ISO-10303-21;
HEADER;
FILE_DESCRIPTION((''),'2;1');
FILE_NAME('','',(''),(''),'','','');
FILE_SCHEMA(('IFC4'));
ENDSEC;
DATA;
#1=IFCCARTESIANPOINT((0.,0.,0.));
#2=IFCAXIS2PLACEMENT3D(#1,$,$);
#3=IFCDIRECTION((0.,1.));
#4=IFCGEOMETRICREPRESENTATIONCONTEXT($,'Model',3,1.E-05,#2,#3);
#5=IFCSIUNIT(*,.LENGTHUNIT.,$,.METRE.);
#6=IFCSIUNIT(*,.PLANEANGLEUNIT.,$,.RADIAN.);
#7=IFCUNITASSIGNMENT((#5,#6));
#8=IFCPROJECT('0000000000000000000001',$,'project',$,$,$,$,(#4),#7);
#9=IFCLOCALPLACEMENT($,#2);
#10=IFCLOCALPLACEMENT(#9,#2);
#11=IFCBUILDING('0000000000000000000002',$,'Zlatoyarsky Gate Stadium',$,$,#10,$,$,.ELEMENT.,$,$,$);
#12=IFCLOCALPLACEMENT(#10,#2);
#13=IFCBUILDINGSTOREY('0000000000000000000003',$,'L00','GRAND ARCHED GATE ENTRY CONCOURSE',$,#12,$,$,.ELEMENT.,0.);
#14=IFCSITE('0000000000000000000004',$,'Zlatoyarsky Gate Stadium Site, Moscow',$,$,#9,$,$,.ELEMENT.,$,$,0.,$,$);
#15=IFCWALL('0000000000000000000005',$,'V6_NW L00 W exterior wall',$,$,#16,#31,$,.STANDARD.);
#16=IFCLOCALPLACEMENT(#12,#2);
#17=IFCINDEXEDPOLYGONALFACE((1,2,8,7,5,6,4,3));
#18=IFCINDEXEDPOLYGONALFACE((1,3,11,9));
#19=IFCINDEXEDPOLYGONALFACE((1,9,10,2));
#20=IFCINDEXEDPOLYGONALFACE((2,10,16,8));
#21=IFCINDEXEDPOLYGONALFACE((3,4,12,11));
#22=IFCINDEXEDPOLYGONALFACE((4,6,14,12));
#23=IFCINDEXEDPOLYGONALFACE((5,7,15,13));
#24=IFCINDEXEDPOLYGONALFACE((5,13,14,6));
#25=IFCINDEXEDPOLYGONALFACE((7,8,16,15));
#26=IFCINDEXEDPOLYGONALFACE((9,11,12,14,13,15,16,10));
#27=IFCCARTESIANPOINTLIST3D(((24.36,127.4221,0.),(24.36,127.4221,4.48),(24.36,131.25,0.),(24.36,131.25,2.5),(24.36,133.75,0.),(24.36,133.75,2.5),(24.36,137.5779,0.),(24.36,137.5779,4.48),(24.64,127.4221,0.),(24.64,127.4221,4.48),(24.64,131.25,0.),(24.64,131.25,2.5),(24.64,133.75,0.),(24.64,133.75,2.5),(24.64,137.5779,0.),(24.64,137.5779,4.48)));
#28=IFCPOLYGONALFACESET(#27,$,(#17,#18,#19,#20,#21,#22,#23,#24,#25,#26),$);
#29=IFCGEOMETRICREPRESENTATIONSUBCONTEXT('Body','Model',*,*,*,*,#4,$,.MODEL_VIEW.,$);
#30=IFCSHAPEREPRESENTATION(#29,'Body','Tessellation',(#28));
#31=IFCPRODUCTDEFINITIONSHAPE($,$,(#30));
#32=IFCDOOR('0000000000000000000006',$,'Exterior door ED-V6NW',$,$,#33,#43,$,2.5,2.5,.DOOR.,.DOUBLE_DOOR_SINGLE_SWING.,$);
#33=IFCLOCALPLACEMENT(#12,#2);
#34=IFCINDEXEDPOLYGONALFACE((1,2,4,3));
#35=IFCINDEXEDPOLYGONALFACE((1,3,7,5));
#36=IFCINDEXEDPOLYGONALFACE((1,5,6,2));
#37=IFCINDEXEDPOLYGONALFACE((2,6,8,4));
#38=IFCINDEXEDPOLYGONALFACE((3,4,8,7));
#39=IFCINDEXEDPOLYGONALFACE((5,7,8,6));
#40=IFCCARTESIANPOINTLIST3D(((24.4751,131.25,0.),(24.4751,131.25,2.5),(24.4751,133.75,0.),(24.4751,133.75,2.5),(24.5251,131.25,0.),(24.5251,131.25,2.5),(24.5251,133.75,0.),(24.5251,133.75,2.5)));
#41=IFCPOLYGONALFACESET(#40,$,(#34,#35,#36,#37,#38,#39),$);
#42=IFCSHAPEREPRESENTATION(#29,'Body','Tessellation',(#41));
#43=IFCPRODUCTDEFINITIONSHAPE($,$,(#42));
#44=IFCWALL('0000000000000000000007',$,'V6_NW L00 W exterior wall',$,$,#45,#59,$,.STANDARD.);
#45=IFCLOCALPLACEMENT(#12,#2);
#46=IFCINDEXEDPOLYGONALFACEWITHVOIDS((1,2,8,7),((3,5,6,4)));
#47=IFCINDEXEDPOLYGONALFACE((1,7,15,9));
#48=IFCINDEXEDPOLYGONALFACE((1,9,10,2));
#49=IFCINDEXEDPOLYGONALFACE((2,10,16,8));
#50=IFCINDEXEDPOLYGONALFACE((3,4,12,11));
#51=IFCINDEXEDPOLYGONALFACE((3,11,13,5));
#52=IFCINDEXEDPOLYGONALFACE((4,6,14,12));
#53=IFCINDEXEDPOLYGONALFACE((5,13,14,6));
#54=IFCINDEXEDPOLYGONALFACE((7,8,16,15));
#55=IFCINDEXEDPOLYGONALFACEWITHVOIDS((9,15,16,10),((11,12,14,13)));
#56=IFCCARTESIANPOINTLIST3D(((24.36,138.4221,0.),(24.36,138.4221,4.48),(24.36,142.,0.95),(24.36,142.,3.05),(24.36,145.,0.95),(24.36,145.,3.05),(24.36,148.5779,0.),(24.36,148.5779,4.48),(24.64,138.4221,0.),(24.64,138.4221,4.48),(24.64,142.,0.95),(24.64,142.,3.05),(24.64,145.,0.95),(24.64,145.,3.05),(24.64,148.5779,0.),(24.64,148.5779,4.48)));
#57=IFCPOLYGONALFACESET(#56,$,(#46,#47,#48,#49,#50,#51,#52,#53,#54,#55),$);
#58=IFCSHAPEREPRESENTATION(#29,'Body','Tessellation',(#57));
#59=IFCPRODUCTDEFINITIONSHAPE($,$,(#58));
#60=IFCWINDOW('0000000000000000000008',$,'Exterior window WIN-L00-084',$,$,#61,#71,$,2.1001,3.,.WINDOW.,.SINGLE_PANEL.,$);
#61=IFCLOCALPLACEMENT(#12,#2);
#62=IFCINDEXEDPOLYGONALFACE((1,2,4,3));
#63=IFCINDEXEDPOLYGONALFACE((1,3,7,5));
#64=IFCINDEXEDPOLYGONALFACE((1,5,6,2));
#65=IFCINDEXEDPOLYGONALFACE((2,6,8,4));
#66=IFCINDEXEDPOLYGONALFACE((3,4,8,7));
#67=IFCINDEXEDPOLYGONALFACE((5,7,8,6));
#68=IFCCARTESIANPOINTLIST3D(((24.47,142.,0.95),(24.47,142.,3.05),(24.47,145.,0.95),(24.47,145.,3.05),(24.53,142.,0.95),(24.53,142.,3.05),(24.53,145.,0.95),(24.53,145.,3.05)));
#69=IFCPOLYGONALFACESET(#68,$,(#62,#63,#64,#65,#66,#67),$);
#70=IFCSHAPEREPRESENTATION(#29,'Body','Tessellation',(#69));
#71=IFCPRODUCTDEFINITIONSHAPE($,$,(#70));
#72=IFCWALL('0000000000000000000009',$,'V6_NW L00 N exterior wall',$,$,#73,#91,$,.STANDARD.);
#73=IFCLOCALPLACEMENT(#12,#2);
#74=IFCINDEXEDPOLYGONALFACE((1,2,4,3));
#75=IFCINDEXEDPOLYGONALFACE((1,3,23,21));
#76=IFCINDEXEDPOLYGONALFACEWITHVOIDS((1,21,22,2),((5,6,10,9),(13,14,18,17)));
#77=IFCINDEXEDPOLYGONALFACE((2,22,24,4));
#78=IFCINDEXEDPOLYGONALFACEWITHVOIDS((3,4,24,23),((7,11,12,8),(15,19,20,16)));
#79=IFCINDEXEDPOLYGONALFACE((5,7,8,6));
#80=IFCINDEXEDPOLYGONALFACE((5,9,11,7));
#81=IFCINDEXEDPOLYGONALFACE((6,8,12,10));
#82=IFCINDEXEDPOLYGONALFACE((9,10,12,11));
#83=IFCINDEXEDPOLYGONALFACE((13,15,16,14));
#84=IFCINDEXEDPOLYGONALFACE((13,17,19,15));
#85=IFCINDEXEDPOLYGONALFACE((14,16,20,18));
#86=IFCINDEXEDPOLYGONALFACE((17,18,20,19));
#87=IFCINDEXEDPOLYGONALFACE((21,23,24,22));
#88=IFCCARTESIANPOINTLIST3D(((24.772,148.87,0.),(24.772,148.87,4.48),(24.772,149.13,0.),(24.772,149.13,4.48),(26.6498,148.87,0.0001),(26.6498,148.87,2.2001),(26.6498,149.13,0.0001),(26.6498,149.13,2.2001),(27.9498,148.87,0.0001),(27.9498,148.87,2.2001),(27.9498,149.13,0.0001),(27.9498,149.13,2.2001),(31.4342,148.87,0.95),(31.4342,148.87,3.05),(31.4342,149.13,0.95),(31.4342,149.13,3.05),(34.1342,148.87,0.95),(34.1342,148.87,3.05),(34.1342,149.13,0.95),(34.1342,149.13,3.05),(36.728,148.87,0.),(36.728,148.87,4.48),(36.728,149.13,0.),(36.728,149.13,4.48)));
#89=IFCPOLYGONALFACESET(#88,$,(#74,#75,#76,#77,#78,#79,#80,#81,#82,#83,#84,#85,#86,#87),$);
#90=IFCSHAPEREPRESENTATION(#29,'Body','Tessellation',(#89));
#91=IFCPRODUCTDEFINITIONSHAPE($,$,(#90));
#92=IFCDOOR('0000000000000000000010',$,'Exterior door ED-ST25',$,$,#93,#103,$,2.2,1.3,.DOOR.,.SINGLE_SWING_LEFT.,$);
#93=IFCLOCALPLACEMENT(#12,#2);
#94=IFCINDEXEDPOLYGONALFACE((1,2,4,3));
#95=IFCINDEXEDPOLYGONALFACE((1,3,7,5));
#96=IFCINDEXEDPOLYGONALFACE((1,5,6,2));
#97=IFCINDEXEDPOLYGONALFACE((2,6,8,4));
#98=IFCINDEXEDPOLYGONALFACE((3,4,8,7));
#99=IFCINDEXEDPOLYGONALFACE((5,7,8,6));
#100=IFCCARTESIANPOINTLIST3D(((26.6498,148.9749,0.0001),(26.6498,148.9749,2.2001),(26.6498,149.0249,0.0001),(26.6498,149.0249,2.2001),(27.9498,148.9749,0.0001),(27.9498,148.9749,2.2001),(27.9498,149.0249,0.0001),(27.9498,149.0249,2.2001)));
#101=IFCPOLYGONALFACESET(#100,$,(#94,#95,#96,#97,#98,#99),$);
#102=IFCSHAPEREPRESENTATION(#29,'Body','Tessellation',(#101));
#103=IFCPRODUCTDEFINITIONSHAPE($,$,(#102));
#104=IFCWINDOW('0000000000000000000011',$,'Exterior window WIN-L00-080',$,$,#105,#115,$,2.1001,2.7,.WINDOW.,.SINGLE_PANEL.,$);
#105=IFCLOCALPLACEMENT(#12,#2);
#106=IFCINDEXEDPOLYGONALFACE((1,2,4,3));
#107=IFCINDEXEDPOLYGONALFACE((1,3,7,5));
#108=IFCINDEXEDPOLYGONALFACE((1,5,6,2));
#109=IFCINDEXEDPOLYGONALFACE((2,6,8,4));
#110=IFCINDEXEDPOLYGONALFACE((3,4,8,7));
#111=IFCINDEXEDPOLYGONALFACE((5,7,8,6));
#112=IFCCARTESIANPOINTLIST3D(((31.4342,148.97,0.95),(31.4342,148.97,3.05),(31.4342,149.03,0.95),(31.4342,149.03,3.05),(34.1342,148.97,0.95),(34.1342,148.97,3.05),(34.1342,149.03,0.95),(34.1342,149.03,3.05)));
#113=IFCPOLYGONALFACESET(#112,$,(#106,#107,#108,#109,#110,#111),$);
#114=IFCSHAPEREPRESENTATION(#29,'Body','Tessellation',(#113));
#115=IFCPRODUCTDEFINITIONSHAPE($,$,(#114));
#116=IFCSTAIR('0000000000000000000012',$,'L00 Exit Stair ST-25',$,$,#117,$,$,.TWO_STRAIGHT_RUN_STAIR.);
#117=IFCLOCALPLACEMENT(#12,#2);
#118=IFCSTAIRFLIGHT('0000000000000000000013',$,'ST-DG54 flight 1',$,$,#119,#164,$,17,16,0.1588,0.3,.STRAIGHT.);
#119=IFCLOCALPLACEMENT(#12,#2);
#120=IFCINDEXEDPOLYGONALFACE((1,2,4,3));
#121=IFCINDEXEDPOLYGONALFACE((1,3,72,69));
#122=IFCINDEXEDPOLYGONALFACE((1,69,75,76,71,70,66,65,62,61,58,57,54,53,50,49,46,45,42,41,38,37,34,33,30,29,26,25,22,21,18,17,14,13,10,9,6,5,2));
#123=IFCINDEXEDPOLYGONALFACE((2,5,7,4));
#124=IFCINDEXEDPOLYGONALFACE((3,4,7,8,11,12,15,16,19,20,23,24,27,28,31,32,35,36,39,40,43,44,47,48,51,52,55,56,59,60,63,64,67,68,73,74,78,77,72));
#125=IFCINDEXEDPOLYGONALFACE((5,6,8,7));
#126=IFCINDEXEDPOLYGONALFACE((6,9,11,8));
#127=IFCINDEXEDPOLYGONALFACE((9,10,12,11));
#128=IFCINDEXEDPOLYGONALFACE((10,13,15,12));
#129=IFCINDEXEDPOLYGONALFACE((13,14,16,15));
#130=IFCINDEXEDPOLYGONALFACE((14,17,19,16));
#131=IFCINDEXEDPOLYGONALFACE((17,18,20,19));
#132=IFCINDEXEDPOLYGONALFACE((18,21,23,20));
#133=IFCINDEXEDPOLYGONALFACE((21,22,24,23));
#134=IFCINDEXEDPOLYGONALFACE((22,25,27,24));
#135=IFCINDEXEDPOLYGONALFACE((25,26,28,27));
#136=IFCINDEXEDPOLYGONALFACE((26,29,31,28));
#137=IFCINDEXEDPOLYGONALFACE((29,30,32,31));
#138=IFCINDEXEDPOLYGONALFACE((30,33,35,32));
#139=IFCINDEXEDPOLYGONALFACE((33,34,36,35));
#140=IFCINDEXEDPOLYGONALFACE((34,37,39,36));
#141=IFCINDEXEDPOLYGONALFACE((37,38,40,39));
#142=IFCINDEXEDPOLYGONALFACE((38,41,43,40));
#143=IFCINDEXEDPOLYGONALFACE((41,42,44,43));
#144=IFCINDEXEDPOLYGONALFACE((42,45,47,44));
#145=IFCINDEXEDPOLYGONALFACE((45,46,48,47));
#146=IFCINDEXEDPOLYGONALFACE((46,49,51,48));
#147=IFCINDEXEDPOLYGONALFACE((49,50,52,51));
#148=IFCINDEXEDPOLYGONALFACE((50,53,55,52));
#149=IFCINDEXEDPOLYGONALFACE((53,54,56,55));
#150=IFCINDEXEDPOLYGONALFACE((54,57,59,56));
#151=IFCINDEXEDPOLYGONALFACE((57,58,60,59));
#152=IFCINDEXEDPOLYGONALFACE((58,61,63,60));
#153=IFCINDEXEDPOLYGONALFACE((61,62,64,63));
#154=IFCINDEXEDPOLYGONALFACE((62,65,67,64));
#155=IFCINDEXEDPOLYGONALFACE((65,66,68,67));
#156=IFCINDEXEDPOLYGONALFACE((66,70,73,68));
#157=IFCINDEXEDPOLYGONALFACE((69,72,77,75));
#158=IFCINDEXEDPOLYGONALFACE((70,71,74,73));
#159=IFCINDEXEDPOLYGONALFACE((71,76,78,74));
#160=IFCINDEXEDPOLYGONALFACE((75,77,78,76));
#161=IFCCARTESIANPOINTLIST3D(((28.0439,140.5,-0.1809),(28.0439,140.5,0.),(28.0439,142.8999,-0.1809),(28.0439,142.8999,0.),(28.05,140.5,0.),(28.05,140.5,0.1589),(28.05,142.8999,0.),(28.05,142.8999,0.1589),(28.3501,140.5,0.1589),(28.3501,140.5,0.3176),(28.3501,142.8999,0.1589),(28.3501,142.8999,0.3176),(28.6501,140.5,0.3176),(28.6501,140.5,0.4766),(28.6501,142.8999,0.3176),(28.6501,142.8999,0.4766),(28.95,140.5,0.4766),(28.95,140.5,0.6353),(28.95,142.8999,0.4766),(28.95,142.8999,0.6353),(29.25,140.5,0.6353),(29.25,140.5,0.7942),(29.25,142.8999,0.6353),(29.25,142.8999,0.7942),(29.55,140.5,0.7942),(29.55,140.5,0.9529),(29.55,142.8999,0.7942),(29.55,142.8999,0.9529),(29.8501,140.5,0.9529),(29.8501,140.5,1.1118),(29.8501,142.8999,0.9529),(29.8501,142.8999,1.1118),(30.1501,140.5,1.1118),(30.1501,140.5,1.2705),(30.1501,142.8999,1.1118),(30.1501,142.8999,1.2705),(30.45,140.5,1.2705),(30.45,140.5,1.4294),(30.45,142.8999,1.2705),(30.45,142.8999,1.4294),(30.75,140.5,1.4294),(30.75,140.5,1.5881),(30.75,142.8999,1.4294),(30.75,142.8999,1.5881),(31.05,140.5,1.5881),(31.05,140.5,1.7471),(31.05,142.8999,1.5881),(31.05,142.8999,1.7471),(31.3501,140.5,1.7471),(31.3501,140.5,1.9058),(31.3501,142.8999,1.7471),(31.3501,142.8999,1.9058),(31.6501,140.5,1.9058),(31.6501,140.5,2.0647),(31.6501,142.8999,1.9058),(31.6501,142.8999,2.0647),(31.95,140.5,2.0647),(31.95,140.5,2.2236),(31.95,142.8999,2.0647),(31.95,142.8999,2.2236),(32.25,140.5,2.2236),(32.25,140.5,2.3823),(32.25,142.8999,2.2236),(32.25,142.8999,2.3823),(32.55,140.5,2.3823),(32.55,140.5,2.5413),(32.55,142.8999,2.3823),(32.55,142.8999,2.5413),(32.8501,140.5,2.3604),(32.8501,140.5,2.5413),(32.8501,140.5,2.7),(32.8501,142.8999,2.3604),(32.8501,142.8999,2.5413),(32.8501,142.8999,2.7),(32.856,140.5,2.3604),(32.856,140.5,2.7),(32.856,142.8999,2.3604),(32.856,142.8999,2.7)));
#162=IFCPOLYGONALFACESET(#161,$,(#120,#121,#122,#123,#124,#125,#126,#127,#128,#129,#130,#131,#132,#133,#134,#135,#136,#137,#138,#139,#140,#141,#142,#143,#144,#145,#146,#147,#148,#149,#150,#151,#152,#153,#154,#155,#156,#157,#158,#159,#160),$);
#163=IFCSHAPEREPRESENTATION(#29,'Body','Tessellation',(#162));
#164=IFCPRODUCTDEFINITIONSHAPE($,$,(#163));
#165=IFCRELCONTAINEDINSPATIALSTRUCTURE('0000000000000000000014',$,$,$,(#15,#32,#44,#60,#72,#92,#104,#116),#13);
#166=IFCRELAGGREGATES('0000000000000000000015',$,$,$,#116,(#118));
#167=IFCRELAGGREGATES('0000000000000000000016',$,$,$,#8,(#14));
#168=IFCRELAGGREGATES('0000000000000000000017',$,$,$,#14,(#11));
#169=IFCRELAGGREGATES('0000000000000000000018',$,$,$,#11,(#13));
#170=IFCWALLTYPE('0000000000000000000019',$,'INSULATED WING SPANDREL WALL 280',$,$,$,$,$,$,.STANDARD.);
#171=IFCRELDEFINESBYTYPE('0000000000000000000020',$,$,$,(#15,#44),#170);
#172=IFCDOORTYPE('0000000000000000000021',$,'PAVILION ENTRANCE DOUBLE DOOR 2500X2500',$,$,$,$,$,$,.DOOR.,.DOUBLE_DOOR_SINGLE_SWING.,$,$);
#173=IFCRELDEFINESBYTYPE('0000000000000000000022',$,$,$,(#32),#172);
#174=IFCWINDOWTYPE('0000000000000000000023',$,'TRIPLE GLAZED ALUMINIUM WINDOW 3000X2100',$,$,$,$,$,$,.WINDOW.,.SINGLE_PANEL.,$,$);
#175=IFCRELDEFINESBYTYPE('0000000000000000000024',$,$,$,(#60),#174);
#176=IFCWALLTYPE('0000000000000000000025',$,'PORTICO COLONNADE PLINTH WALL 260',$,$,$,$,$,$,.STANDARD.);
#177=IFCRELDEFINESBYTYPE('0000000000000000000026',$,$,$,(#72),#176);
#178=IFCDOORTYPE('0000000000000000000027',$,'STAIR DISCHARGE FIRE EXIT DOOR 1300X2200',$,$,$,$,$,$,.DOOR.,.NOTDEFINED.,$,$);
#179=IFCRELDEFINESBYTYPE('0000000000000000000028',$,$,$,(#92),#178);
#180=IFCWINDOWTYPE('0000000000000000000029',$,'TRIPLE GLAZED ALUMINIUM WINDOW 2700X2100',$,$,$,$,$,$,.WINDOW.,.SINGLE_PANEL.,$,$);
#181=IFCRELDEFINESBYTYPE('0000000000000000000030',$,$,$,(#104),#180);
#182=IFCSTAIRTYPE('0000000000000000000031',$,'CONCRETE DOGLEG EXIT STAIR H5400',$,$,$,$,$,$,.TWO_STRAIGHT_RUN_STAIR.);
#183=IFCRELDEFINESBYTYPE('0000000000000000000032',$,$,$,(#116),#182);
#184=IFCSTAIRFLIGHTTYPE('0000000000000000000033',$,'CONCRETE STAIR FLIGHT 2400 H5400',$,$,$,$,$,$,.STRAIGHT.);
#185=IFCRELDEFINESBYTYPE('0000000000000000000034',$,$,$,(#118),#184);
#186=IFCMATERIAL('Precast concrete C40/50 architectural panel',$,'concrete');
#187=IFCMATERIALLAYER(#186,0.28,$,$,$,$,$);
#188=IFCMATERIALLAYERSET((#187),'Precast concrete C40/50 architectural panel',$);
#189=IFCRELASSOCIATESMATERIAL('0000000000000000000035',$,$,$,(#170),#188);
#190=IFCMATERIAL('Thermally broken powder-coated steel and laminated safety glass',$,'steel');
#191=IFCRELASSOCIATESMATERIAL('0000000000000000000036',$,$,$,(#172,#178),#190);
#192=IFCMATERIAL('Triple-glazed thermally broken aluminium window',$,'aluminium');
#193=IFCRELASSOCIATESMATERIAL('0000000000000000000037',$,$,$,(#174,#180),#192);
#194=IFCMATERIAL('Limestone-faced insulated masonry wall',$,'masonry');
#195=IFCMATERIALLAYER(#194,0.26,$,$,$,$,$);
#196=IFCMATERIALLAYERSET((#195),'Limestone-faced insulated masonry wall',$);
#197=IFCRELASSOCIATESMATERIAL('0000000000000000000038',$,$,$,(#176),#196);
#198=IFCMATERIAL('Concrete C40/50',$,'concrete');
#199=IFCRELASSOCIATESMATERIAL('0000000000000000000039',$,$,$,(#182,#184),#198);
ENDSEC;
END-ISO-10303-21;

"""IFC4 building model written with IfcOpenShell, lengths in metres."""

from ifc_helpers import new_model, si_unit, direction, frame, frame_2d, origin, place, context, subcontext, project, spatial, polyline, rectangle, outline, extrude, material, layer, layer_set, type_object, element, fill, aggregate, save


model = new_model("IFC4")

# Units and contexts
model_context = context("Model", 3, precision=1e-05, world=origin(), true_north=direction((0.0, 1.0)))
body_context = subcontext(model_context, "Body", "Model", "MODEL_VIEW")
ifc_project = project(units=[si_unit("LENGTHUNIT", "METRE"), si_unit("PLANEANGLEUNIT", "RADIAN")], contexts=[model_context])

# Site, building, storey
site_placement = place(None, origin())
site = spatial("IfcSite", under=ifc_project, at=site_placement, Name="Zlatoyarsky Gate Stadium Site, Moscow", CompositionType="ELEMENT", RefElevation=0.0)
building_placement = place(site_placement, origin())
building = spatial("IfcBuilding", under=site, at=building_placement, Name="Zlatoyarsky Gate Stadium", CompositionType="ELEMENT")
storey_placement = place(building_placement, origin())
storey = spatial("IfcBuildingStorey", under=building, at=storey_placement, Name="L00", Description="GRAND ARCHED GATE ENTRY CONCOURSE", CompositionType="ELEMENT", Elevation=0.0)

# Shared definitions
ifc_material_1 = material(Name="Concrete C40/50", Category="concrete")

# Wall, opening, door
ifc_material_2 = material(Name="Precast concrete C40/50 architectural panel", Category="concrete")
ifc_layer_1 = layer(ifc_material_2, 0.28)
ifc_layer_set_1 = layer_set([ifc_layer_1], Name="Precast concrete C40/50 architectural panel")
wall_type_1 = type_object("IfcWallType", Name="INSULATED WING SPANDREL WALL 280", PredefinedType="STANDARD", material=ifc_layer_set_1)
wall_1_placement = place(storey_placement, frame((24.5, 127.4221, 0.0), z_axis=(0.0, 0.0, 1.0), x_axis=(0.0, 1.0, 0.0)))
wall_1 = element("IfcWall", 1, at=wall_1_placement, inside=storey, type_object=wall_type_1, Name="V6_NW L00 W exterior wall", PredefinedType="STANDARD", context=body_context, shape_type="SweptSolid", body=[
    extrude(rectangle(XDim=10.1558, YDim=0.28, at=frame_2d((5.0779, 0.0))), origin(), (0.0, 0.0, 1.0), 4.48),
])
opening_1_placement = place(wall_1_placement, frame((3.8279, 0.0, 0.0)))
opening_1 = element("IfcOpeningElement", 2, at=opening_1_placement, cuts=wall_1, PredefinedType="OPENING", context=body_context, shape_type="SweptSolid", body=[
    extrude(rectangle(XDim=2.5, YDim=2.5, at=frame_2d((1.25, 1.25))), frame((0.0, 0.1499, 0.0), z_axis=(0.0, -1.0, 0.0), x_axis=(1.0, 0.0, 0.0)), (0.0, 0.0, 1.0), 0.3),
])
ifc_material_3 = material(Name="Thermally broken powder-coated steel and laminated safety glass", Category="steel")
door_type_1 = type_object("IfcDoorType", Name="PAVILION ENTRANCE DOUBLE DOOR 2500X2500", OperationType="DOUBLE_DOOR_SINGLE_SWING", PredefinedType="DOOR", material=ifc_material_3)
door_1_placement = place(opening_1_placement, origin())
door_1 = element("IfcDoor", 3, at=door_1_placement, inside=storey, type_object=door_type_1, Name="Exterior door ED-V6NW", OperationType="DOUBLE_DOOR_SINGLE_SWING", OverallHeight=2.5, OverallWidth=2.5, PredefinedType="DOOR", context=body_context, shape_type="SweptSolid", body=[
    extrude(rectangle(XDim=2.5, YDim=2.5, at=frame_2d((1.25, 1.25))), frame((0.0, 0.0249, 0.0), z_axis=(0.0, -1.0, 0.0), x_axis=(1.0, 0.0, 0.0)), (0.0, 0.0, 1.0), 0.05),
])
fill(opening_1, door_1)

# Wall, opening, window
wall_2_placement = place(storey_placement, frame((24.5, 138.4221, 0.0), z_axis=(0.0, 0.0, 1.0), x_axis=(0.0, 1.0, 0.0)))
wall_2 = element("IfcWall", 4, at=wall_2_placement, inside=storey, type_object=wall_type_1, Name="V6_NW L00 W exterior wall", PredefinedType="STANDARD", context=body_context, shape_type="SweptSolid", body=[
    extrude(rectangle(XDim=10.1558, YDim=0.28, at=frame_2d((5.0779, 0.0))), origin(), (0.0, 0.0, 1.0), 4.48),
])
opening_2_placement = place(wall_2_placement, frame((3.5779, 0.0, 0.95)))
opening_2 = element("IfcOpeningElement", 5, at=opening_2_placement, cuts=wall_2, PredefinedType="OPENING", context=body_context, shape_type="SweptSolid", body=[
    extrude(rectangle(XDim=3.0, YDim=2.1001, at=frame_2d((1.5, 1.05))), frame((0.0, 0.1499, 0.0), z_axis=(0.0, -1.0, 0.0), x_axis=(1.0, 0.0, 0.0)), (0.0, 0.0, 1.0), 0.3),
])
ifc_material_4 = material(Name="Triple-glazed thermally broken aluminium window", Category="aluminium")
window_type_1 = type_object("IfcWindowType", Name="TRIPLE GLAZED ALUMINIUM WINDOW 3000X2100", PartitioningType="SINGLE_PANEL", PredefinedType="WINDOW", material=ifc_material_4)
window_1_placement = place(opening_2_placement, origin())
window_1 = element("IfcWindow", 6, at=window_1_placement, inside=storey, type_object=window_type_1, Name="Exterior window WIN-L00-084", OverallHeight=2.1001, OverallWidth=3.0, PartitioningType="SINGLE_PANEL", PredefinedType="WINDOW", context=body_context, shape_type="SweptSolid", body=[
    extrude(rectangle(XDim=3.0, YDim=2.1001, at=frame_2d((1.5, 1.05))), frame((0.0, 0.03, 0.0), z_axis=(0.0, -1.0, 0.0), x_axis=(1.0, 0.0, 0.0)), (0.0, 0.0, 1.0), 0.0601),
])
fill(opening_2, window_1)

# Wall, openings, door, window
ifc_material_5 = material(Name="Limestone-faced insulated masonry wall", Category="masonry")
ifc_layer_2 = layer(ifc_material_5, 0.26)
ifc_layer_set_2 = layer_set([ifc_layer_2], Name="Limestone-faced insulated masonry wall")
wall_type_2 = type_object("IfcWallType", Name="PORTICO COLONNADE PLINTH WALL 260", PredefinedType="STANDARD", material=ifc_layer_set_2)
wall_3_placement = place(storey_placement, frame((24.772, 149.0, 0.0), z_axis=(0.0, 0.0, 1.0), x_axis=(1.0, 0.0, 0.0)))
wall_3 = element("IfcWall", 7, at=wall_3_placement, inside=storey, type_object=wall_type_2, Name="V6_NW L00 N exterior wall", PredefinedType="STANDARD", context=body_context, shape_type="SweptSolid", body=[
    extrude(rectangle(XDim=11.9561, YDim=0.26, at=frame_2d((5.978, 0.0))), origin(), (0.0, 0.0, 1.0), 4.48),
])
opening_3_placement = place(wall_3_placement, frame((1.8779, 0.0, 0.0)))
opening_3 = element("IfcOpeningElement", 8, at=opening_3_placement, cuts=wall_3, PredefinedType="OPENING", context=body_context, shape_type="SweptSolid", body=[
    extrude(rectangle(XDim=1.3, YDim=2.2, at=frame_2d((0.6499, 1.1001))), frame((0.0, 0.1399, 0.0), z_axis=(0.0, -1.0, 0.0), x_axis=(1.0, 0.0, 0.0)), (0.0, 0.0, 1.0), 0.28),
])
opening_4_placement = place(wall_3_placement, frame((6.6621, 0.0, 0.95)))
opening_4 = element("IfcOpeningElement", 9, at=opening_4_placement, cuts=wall_3, PredefinedType="OPENING", context=body_context, shape_type="SweptSolid", body=[
    extrude(rectangle(XDim=2.7, YDim=2.1001, at=frame_2d((1.3501, 1.05))), frame((0.0, 0.1399, 0.0), z_axis=(0.0, -1.0, 0.0), x_axis=(1.0, 0.0, 0.0)), (0.0, 0.0, 1.0), 0.28),
])
door_type_2 = type_object("IfcDoorType", Name="STAIR DISCHARGE FIRE EXIT DOOR 1300X2200", OperationType="NOTDEFINED", PredefinedType="DOOR", material=ifc_material_3)
door_2_placement = place(opening_3_placement, origin())
door_2 = element("IfcDoor", 10, at=door_2_placement, inside=storey, type_object=door_type_2, Name="Exterior door ED-ST25", OperationType="SINGLE_SWING_LEFT", OverallHeight=2.2, OverallWidth=1.3, PredefinedType="DOOR", context=body_context, shape_type="SweptSolid", body=[
    extrude(rectangle(XDim=1.3, YDim=2.2, at=frame_2d((0.6499, 1.1001))), frame((0.0, 0.0249, 0.0), z_axis=(0.0, -1.0, 0.0), x_axis=(1.0, 0.0, 0.0)), (0.0, 0.0, 1.0), 0.05),
])
fill(opening_3, door_2)
window_type_2 = type_object("IfcWindowType", Name="TRIPLE GLAZED ALUMINIUM WINDOW 2700X2100", PartitioningType="SINGLE_PANEL", PredefinedType="WINDOW", material=ifc_material_4)
window_2_placement = place(opening_4_placement, origin())
window_2 = element("IfcWindow", 11, at=window_2_placement, inside=storey, type_object=window_type_2, Name="Exterior window WIN-L00-080", OverallHeight=2.1001, OverallWidth=2.7, PartitioningType="SINGLE_PANEL", PredefinedType="WINDOW", context=body_context, shape_type="SweptSolid", body=[
    extrude(rectangle(XDim=2.7, YDim=2.1001, at=frame_2d((1.3501, 1.05))), frame((0.0, 0.03, 0.0), z_axis=(0.0, -1.0, 0.0), x_axis=(1.0, 0.0, 0.0)), (0.0, 0.0, 1.0), 0.0601),
])
fill(opening_4, window_2)

# Stair, stair flight
stair_type = type_object("IfcStairType", Name="CONCRETE DOGLEG EXIT STAIR H5400", PredefinedType="TWO_STRAIGHT_RUN_STAIR", material=ifc_material_1)
stair_placement = place(storey_placement, origin())
stair = element("IfcStair", 12, at=stair_placement, inside=storey, type_object=stair_type, Name="L00 Exit Stair ST-25", PredefinedType="TWO_STRAIGHT_RUN_STAIR")
stair_flight_type = type_object("IfcStairFlightType", Name="CONCRETE STAIR FLIGHT 2400 H5400", PredefinedType="STRAIGHT", material=ifc_material_1)
stair_flight_placement = place(storey_placement, frame((28.05, 141.7, 0.0), z_axis=(0.0, 0.0, 1.0), x_axis=(1.0, 0.0, 0.0)))
stair_flight = element("IfcStairFlight", 13, at=stair_flight_placement, type_object=stair_flight_type, Name="ST-DG54 flight 1", NumberOfRisers=17, NumberOfTreads=16, PredefinedType="STRAIGHT", RiserHeight=0.1588, TreadLength=0.3, context=body_context, shape_type="SweptSolid", body=[
    extrude(outline(polyline([(-0.0061, -0.1809), (-0.0061, 0.0), (0.0, 0.0), (0.0, 0.1589), (0.3, 0.1589), (0.3, 0.3176), (0.6001, 0.3176), (0.6001, 0.4766), (0.8999, 0.4766), (0.8999, 0.6353), (1.2, 0.6353), (1.2, 0.7942), (1.5, 0.7942), (1.5, 0.9529), (1.8, 0.9529), (1.8, 1.1118), (2.1001, 1.1118), (2.1001, 1.2705), (2.3999, 1.2705), (2.3999, 1.4294), (2.7, 1.4294), (2.7, 1.5881), (3.0, 1.5881), (3.0, 1.7471), (3.3, 1.7471), (3.3, 1.9058), (3.6001, 1.9058), (3.6001, 2.0647), (3.8999, 2.0647), (3.8999, 2.2236), (4.2, 2.2236), (4.2, 2.3823), (4.5, 2.3823), (4.5, 2.5413), (4.8, 2.5413), (4.8, 2.7), (4.8059, 2.7), (4.8059, 2.3604), (4.8, 2.3604), (-0.0061, -0.1809)])), frame((0.0, 1.2, 0.0), z_axis=(0.0, -1.0, 0.0), x_axis=(1.0, 0.0, 0.0)), (0.0, 0.0, 1.0), 2.3999),
])
aggregate(stair, [stair_flight])

save(model, "model.ifc")
